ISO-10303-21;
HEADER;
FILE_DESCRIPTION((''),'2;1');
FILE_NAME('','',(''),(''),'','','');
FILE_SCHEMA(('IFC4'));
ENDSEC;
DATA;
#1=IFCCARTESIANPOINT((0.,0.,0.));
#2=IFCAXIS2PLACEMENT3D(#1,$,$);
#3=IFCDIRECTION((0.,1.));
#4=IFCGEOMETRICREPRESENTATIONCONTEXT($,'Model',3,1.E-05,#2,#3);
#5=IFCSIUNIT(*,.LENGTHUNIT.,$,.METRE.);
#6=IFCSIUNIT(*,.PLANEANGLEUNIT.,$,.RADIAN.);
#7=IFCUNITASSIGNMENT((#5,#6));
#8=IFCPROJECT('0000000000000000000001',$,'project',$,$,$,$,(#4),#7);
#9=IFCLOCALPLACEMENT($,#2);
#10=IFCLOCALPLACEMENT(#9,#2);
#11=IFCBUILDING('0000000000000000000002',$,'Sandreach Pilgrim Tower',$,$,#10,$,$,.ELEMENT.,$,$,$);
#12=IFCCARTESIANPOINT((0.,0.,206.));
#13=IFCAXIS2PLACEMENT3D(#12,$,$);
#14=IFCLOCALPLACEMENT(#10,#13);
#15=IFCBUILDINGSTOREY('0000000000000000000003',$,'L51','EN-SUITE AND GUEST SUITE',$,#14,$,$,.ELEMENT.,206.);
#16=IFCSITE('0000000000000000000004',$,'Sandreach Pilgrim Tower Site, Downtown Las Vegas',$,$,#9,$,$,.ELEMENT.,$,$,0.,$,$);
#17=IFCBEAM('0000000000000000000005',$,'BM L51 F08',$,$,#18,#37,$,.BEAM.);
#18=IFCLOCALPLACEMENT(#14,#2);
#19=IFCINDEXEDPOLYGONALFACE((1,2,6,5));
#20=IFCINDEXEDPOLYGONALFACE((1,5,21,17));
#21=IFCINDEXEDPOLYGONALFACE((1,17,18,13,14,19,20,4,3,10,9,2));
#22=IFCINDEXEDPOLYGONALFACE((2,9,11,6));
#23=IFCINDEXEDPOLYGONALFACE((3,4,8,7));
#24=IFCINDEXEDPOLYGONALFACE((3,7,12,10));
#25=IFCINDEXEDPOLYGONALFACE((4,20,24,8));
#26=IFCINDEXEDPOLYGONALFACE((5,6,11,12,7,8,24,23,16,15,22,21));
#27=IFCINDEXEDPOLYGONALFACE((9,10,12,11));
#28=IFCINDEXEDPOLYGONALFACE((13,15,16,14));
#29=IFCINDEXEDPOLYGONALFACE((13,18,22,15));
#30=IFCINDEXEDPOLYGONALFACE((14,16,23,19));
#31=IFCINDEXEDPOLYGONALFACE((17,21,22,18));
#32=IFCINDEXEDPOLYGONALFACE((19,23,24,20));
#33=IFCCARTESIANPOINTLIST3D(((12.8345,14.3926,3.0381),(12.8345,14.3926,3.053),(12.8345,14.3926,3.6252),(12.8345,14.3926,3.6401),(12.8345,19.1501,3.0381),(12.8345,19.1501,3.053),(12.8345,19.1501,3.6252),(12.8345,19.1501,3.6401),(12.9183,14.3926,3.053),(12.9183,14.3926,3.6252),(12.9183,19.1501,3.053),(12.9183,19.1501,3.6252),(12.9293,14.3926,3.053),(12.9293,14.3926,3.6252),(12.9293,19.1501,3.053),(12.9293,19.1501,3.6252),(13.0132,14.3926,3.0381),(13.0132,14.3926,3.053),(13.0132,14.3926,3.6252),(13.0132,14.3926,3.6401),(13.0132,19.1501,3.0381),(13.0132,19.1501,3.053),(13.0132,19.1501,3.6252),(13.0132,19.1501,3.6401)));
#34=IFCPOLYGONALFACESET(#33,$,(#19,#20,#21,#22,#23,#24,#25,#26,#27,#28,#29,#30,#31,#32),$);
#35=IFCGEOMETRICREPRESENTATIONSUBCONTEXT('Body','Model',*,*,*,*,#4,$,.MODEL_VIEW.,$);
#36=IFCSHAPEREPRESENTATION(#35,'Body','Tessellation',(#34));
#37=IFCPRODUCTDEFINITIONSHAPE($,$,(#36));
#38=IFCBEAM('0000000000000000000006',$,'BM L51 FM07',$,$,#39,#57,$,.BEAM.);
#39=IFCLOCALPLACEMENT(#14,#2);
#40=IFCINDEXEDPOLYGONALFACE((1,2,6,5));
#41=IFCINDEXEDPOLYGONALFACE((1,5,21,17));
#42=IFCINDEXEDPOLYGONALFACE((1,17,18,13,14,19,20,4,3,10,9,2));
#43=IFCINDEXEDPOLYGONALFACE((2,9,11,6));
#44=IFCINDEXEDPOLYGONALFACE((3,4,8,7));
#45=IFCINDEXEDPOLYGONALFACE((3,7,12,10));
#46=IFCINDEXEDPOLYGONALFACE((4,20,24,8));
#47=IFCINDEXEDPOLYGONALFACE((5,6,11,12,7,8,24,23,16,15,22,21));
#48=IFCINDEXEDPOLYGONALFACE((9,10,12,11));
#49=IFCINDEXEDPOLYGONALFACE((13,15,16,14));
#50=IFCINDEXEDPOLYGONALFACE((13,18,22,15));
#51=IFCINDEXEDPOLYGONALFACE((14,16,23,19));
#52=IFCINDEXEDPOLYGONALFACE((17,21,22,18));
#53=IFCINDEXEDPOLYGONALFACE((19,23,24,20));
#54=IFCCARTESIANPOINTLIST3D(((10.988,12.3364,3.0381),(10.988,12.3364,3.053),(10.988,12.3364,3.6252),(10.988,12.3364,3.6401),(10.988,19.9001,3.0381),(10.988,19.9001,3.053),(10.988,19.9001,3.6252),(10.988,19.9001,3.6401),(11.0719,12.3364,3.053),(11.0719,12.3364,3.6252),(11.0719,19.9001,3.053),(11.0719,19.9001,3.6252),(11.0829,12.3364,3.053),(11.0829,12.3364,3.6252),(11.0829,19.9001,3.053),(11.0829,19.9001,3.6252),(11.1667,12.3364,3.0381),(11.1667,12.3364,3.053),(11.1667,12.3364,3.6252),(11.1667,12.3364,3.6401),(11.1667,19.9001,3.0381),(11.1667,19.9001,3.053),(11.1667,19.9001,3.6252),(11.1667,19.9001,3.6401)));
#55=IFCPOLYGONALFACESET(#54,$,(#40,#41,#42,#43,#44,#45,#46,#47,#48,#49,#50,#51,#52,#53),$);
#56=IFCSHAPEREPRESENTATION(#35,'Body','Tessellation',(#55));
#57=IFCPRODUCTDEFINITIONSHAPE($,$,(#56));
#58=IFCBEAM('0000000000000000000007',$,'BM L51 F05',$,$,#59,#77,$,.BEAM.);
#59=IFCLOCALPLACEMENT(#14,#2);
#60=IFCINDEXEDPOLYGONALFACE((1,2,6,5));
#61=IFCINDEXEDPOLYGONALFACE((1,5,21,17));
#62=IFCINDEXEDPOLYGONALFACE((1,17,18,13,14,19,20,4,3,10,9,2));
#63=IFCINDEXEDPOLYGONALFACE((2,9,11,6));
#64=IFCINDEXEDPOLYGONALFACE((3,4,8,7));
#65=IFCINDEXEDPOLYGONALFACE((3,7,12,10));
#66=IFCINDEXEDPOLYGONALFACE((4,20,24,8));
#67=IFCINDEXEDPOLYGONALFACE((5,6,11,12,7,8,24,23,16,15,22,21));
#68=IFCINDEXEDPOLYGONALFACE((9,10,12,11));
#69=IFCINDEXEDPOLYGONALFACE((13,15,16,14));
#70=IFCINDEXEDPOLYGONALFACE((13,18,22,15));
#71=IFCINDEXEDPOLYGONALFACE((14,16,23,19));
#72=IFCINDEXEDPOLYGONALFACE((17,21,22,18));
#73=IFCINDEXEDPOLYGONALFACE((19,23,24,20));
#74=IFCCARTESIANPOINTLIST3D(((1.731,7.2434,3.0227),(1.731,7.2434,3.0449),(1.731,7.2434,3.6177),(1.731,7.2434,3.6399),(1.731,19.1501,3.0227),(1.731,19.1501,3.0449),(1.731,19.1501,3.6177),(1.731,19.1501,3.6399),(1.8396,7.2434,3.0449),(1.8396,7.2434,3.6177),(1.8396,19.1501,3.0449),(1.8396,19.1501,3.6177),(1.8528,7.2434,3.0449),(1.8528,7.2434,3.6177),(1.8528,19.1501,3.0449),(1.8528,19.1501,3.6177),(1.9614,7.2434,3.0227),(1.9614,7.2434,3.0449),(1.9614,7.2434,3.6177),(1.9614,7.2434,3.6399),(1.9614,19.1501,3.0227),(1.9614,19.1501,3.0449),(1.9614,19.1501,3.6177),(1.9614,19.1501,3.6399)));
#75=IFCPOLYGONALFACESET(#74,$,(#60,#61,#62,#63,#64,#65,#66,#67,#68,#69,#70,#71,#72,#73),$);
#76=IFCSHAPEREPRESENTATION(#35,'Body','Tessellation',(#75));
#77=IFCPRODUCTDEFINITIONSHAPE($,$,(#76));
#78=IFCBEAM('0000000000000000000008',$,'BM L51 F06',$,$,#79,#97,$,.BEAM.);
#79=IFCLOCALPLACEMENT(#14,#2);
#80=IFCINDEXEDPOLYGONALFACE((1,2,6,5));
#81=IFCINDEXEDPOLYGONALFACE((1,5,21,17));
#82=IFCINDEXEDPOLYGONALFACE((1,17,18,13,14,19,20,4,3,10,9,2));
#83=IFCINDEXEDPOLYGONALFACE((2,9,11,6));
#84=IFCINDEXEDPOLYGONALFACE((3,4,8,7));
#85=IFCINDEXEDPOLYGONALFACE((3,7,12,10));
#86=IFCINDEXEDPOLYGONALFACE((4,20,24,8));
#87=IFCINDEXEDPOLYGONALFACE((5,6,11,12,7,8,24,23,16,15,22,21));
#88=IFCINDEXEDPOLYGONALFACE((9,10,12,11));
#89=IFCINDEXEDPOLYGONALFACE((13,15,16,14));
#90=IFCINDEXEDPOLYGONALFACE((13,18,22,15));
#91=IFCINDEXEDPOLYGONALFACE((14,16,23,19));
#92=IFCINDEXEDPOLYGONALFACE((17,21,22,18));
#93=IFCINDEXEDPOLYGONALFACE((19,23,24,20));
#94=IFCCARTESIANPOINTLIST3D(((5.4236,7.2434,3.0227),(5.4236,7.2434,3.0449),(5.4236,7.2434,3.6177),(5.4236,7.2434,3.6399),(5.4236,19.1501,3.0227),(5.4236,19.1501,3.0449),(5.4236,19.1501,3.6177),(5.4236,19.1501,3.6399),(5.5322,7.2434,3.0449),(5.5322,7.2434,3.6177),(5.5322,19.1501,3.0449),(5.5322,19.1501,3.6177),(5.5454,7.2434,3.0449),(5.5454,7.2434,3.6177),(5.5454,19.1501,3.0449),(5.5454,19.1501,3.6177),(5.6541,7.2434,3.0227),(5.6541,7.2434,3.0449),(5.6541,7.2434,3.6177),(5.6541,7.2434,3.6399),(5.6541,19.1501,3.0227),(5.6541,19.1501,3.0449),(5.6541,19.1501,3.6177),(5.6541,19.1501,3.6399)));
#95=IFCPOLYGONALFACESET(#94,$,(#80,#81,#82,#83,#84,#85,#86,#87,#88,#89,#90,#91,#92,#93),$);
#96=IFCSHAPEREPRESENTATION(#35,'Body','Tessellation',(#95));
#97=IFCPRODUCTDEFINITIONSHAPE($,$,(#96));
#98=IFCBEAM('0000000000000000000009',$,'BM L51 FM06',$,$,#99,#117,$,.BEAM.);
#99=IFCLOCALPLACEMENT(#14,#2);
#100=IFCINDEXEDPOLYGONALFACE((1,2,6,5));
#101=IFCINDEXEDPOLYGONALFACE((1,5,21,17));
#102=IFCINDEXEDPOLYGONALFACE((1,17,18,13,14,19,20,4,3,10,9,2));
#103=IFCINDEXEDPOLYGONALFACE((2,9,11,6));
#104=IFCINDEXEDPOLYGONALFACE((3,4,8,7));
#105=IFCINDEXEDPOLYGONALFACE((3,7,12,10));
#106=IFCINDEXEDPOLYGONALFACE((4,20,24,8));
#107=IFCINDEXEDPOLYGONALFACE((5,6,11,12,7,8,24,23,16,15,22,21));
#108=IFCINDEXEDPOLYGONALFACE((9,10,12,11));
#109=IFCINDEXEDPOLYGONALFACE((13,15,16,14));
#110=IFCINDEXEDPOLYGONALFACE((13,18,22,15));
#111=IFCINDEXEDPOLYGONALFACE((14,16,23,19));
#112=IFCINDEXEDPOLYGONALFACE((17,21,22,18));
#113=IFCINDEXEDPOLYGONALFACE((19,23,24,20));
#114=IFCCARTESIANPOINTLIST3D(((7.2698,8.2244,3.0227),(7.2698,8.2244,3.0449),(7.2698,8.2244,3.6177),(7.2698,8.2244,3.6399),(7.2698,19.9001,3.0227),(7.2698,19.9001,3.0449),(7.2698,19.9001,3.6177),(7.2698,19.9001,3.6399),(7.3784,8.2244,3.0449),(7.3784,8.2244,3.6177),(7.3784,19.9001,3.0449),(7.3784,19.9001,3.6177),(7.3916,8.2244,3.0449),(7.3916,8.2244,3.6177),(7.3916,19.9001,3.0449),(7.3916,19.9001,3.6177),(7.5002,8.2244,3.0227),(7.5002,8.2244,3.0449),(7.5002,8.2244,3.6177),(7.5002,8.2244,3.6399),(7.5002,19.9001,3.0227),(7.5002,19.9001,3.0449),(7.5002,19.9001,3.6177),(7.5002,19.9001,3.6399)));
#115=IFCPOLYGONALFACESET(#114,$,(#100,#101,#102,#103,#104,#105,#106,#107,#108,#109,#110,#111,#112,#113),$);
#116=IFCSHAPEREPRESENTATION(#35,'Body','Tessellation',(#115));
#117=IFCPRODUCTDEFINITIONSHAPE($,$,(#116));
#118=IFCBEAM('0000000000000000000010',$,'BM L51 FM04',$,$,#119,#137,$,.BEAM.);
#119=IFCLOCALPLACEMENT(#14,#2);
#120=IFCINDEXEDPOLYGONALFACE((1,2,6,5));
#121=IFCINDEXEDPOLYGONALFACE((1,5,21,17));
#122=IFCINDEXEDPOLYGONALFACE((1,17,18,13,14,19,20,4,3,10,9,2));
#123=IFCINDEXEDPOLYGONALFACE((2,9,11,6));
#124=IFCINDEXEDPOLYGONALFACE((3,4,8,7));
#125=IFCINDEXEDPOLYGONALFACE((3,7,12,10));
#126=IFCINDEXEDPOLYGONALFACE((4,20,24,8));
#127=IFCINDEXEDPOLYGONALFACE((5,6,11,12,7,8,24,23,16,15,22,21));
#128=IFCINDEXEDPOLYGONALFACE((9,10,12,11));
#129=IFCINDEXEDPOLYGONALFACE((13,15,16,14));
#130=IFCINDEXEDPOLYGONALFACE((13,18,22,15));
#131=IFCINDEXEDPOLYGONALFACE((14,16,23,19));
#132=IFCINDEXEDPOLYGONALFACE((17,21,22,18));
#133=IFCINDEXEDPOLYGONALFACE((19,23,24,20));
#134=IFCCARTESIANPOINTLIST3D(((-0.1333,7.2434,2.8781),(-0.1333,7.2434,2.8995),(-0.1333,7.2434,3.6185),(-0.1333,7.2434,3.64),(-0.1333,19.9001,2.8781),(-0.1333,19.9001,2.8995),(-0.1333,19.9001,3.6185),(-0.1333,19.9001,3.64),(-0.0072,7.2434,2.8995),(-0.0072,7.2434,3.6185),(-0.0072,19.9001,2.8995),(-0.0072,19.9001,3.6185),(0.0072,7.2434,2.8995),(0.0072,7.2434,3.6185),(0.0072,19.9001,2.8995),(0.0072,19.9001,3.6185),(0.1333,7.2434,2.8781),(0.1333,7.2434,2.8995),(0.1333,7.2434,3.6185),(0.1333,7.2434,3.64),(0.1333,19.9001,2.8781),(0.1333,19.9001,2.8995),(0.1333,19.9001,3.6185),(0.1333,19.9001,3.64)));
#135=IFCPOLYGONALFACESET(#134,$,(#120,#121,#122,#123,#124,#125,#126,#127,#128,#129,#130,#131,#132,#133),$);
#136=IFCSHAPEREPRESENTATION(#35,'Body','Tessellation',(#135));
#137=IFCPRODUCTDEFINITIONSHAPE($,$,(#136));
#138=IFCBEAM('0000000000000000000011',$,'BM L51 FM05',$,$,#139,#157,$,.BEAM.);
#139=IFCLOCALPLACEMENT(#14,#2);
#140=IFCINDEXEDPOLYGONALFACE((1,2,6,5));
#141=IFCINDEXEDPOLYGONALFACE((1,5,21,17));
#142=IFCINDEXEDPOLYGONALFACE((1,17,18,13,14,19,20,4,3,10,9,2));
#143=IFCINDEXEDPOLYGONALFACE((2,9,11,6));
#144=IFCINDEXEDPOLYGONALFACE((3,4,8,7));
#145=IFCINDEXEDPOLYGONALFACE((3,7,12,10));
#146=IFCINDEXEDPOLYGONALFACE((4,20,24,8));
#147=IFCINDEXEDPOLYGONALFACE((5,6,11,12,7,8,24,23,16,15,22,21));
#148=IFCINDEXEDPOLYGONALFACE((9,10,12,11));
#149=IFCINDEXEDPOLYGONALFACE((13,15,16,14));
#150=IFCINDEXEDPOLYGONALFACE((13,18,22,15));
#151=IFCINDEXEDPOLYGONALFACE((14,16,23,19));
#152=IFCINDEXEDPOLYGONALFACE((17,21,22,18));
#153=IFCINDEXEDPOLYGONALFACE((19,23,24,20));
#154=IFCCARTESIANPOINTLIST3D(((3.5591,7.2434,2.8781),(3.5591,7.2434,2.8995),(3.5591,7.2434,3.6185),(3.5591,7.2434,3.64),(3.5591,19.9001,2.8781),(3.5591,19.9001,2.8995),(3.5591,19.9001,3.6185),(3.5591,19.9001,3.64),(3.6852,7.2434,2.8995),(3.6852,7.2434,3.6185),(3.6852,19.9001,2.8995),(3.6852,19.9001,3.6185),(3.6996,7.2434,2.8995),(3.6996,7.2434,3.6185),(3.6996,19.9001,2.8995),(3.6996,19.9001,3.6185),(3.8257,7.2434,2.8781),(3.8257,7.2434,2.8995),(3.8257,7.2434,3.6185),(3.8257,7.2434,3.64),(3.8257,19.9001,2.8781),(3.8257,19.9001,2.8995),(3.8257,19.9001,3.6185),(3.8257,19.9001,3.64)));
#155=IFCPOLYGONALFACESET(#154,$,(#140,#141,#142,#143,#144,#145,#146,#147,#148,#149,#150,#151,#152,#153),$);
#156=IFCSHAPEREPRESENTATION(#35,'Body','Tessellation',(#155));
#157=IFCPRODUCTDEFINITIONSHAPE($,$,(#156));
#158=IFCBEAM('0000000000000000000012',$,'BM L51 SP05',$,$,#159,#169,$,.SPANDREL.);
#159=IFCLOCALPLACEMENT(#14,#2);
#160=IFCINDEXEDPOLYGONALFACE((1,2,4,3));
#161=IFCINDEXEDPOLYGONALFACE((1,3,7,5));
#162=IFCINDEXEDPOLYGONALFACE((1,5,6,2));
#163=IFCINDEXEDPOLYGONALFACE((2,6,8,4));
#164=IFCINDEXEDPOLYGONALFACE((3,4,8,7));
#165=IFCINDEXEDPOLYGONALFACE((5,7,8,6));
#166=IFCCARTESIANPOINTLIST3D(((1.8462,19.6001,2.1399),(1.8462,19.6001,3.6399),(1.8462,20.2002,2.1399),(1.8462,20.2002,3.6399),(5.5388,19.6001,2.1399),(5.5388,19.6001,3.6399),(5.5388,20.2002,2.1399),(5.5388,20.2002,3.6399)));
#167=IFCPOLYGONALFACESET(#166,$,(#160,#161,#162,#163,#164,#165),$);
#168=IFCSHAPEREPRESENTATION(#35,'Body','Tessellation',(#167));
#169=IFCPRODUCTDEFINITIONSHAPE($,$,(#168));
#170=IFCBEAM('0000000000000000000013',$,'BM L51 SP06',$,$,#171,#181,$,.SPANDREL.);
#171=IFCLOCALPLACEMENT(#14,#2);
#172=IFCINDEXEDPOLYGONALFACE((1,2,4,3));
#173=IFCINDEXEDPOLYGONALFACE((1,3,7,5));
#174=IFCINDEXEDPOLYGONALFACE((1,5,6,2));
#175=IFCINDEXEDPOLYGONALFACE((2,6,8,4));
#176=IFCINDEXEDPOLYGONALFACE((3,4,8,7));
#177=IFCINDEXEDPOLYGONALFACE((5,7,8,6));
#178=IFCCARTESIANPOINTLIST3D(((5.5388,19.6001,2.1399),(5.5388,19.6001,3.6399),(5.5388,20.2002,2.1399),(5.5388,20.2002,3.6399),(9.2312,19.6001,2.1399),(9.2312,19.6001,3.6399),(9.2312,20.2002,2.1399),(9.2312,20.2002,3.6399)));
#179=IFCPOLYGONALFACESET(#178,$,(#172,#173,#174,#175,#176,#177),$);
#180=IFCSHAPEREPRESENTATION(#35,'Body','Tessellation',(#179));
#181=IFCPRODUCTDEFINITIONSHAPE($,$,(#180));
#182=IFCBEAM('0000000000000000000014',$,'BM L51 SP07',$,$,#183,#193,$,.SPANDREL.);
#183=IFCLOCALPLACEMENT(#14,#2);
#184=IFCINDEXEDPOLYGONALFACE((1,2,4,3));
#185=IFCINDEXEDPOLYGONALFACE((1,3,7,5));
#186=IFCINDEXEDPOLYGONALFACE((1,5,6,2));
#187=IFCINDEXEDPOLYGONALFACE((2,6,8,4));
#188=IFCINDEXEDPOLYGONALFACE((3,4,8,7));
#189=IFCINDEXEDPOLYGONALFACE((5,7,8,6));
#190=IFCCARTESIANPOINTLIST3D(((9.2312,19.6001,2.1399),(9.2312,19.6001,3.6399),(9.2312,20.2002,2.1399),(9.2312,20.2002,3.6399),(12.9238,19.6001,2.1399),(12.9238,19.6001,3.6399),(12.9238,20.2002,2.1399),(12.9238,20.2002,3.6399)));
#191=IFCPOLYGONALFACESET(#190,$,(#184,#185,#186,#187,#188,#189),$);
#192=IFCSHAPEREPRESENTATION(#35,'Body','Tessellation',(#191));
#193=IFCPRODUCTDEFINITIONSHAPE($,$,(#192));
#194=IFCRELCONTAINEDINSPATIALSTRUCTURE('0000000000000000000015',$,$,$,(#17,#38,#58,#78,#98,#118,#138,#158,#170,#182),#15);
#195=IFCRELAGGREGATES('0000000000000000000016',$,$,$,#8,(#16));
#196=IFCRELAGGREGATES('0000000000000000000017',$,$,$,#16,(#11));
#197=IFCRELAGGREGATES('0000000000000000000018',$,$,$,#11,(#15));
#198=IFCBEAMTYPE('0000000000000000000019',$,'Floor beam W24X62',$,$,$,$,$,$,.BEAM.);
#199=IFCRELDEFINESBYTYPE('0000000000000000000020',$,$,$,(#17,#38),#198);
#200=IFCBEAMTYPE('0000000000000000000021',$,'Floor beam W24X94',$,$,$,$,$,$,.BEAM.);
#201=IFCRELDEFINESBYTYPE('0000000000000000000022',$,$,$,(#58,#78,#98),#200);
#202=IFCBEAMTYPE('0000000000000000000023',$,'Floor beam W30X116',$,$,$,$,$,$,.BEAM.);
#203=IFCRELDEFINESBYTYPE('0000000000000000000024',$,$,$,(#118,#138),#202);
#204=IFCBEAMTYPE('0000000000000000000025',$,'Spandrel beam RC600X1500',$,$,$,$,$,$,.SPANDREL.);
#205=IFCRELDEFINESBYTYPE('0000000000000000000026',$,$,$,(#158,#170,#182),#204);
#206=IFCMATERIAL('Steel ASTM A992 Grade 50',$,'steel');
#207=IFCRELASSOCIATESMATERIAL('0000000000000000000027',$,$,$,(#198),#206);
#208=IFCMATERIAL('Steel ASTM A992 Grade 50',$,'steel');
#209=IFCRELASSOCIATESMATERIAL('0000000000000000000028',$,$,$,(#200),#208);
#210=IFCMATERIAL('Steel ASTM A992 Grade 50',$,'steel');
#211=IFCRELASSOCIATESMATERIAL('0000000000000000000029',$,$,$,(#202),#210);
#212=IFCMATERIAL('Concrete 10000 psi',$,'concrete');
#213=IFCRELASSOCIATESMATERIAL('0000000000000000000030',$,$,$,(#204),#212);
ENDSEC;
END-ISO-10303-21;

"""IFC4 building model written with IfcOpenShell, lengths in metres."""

from ifc_helpers import new_model, si_unit, direction, frame, origin, origin_2d, place, context, subcontext, project, spatial, rectangle, i_section, extrude, material, material_profile, profile_set, type_object, element, save


model = new_model("IFC4")

# Units and contexts
model_context = context("Model", 3, precision=1e-05, world=origin(), true_north=direction((0.0, 1.0)))
body_context = subcontext(model_context, "Body", "Model", "MODEL_VIEW")
ifc_project = project(units=[si_unit("LENGTHUNIT", "METRE"), si_unit("PLANEANGLEUNIT", "RADIAN")], contexts=[model_context])

# Site, building, storey
site_placement = place(None, origin())
site = spatial("IfcSite", under=ifc_project, at=site_placement, Name="Sandreach Pilgrim Tower Site, Downtown Las Vegas", CompositionType="ELEMENT", RefElevation=0.0)
building_placement = place(site_placement, origin())
building = spatial("IfcBuilding", under=site, at=building_placement, Name="Sandreach Pilgrim Tower", CompositionType="ELEMENT")
storey_placement = place(building_placement, frame((0.0, 0.0, 206.0)))
storey = spatial("IfcBuildingStorey", under=building, at=storey_placement, Name="L51", Description="EN-SUITE AND GUEST SUITE", CompositionType="ELEMENT", Elevation=206.0)

# Beams
ifc_material_1 = material(Name="Steel ASTM A992 Grade 50", Category="steel")
ifc_material_profile_1 = material_profile(ifc_material_1, i_section(OverallWidth=0.1787, OverallDepth=0.6021, WebThickness=0.011, FlangeThickness=0.0149, at=origin_2d()), Name="W24X62")
ifc_profile_set_1 = profile_set([ifc_material_profile_1], Name="Steel ASTM A992 Grade 50")
beam_type_1 = type_object("IfcBeamType", Name="Floor beam W24X62", PredefinedType="BEAM", material=ifc_profile_set_1)
beam_1_placement = place(storey_placement, frame((12.9238, 19.1501, 3.3391), z_axis=(0.0, -1.0, 0.0), x_axis=(1.0, 0.0, 0.0)))
element("IfcBeam", 1, at=beam_1_placement, inside=storey, type_object=beam_type_1, Name="BM L51 F08", PredefinedType="BEAM", context=body_context, shape_type="SweptSolid", body=[
    extrude(i_section(OverallWidth=0.1787, OverallDepth=0.6021, WebThickness=0.011, FlangeThickness=0.0149, at=origin_2d()), origin(), (0.0, 0.0, 1.0), 4.7576),
])
beam_2_placement = place(storey_placement, frame((11.0774, 19.9001, 3.3391), z_axis=(0.0, -1.0, 0.0), x_axis=(1.0, 0.0, 0.0)))
element("IfcBeam", 2, at=beam_2_placement, inside=storey, type_object=beam_type_1, Name="BM L51 FM07", PredefinedType="BEAM", context=body_context, shape_type="SweptSolid", body=[
    extrude(i_section(OverallWidth=0.1787, OverallDepth=0.6021, WebThickness=0.011, FlangeThickness=0.0149, at=origin_2d()), origin(), (0.0, 0.0, 1.0), 7.5637),
])
ifc_material_2 = material(Name="Steel ASTM A992 Grade 50", Category="steel")
ifc_material_profile_2 = material_profile(ifc_material_2, i_section(OverallWidth=0.2305, OverallDepth=0.6172, WebThickness=0.0132, FlangeThickness=0.0222, at=origin_2d()), Name="W24X94")
ifc_profile_set_2 = profile_set([ifc_material_profile_2], Name="Steel ASTM A992 Grade 50")
beam_type_2 = type_object("IfcBeamType", Name="Floor beam W24X94", PredefinedType="BEAM", material=ifc_profile_set_2)
for number, where, z_axis, x_axis, name in (
    (3, (1.8462, 19.1501, 3.3313), (0.0, -1.0, 0.0), (1.0, 0.0, 0.0), "BM L51 F05"),
    (4, (5.5388, 19.1501, 3.3313), (0.0, -1.0, 0.0), (1.0, 0.0, 0.0), "BM L51 F06"),
):
    element("IfcBeam", number, at=place(storey_placement, frame(where, z_axis=z_axis, x_axis=x_axis)), inside=storey, type_object=beam_type_2, Name=name, PredefinedType="BEAM", context=body_context, shape_type="SweptSolid", body=[
        extrude(i_section(OverallWidth=0.2305, OverallDepth=0.6172, WebThickness=0.0132, FlangeThickness=0.0222, at=origin_2d()), origin(), (0.0, 0.0, 1.0), 11.9067),
    ])
beam_3_placement = place(storey_placement, frame((7.385, 19.9001, 3.3313), z_axis=(0.0, -1.0, 0.0), x_axis=(1.0, 0.0, 0.0)))
element("IfcBeam", 5, at=beam_3_placement, inside=storey, type_object=beam_type_2, Name="BM L51 FM06", PredefinedType="BEAM", context=body_context, shape_type="SweptSolid", body=[
    extrude(i_section(OverallWidth=0.2305, OverallDepth=0.6172, WebThickness=0.0132, FlangeThickness=0.0222, at=origin_2d()), origin(), (0.0, 0.0, 1.0), 11.6758),
])
ifc_material_3 = material(Name="Steel ASTM A992 Grade 50", Category="steel")
ifc_material_profile_3 = material_profile(ifc_material_3, i_section(OverallWidth=0.2666, OverallDepth=0.762, WebThickness=0.0144, FlangeThickness=0.0215, at=origin_2d()), Name="W30X116")
ifc_profile_set_3 = profile_set([ifc_material_profile_3], Name="Steel ASTM A992 Grade 50")
beam_type_3 = type_object("IfcBeamType", Name="Floor beam W30X116", PredefinedType="BEAM", material=ifc_profile_set_3)
for number, where, z_axis, x_axis, name in (
    (6, (0.0, 19.9001, 3.259), (0.0, -1.0, 0.0), (1.0, 0.0, 0.0), "BM L51 FM04"),
    (7, (3.6924, 19.9001, 3.259), (0.0, -1.0, 0.0), (1.0, 0.0, 0.0), "BM L51 FM05"),
):
    element("IfcBeam", number, at=place(storey_placement, frame(where, z_axis=z_axis, x_axis=x_axis)), inside=storey, type_object=beam_type_3, Name=name, PredefinedType="BEAM", context=body_context, shape_type="SweptSolid", body=[
        extrude(i_section(OverallWidth=0.2666, OverallDepth=0.762, WebThickness=0.0144, FlangeThickness=0.0215, at=origin_2d()), origin(), (0.0, 0.0, 1.0), 12.6567),
    ])
ifc_material_4 = material(Name="Concrete 10000 psi", Category="concrete")
ifc_material_profile_4 = material_profile(ifc_material_4, rectangle(XDim=0.6001, YDim=1.5, at=origin_2d()), Name="RC600X1500")
ifc_profile_set_4 = profile_set([ifc_material_profile_4], Name="Concrete 10000 psi")
beam_type_4 = type_object("IfcBeamType", Name="Spandrel beam RC600X1500", PredefinedType="SPANDREL", material=ifc_profile_set_4)
beam_4_placement = place(storey_placement, frame((1.8462, 19.9001, 2.8899), z_axis=(1.0, 0.0, 0.0), x_axis=(0.0, 1.0, 0.0)))
element("IfcBeam", 8, at=beam_4_placement, inside=storey, type_object=beam_type_4, Name="BM L51 SP05", PredefinedType="SPANDREL", context=body_context, shape_type="SweptSolid", body=[
    extrude(rectangle(XDim=0.6001, YDim=1.5, at=origin_2d()), origin(), (0.0, 0.0, 1.0), 3.6926),
])
beam_5_placement = place(storey_placement, frame((5.5388, 19.9001, 2.8899), z_axis=(1.0, 0.0, 0.0), x_axis=(0.0, 1.0, 0.0)))
element("IfcBeam", 9, at=beam_5_placement, inside=storey, type_object=beam_type_4, Name="BM L51 SP06", PredefinedType="SPANDREL", context=body_context, shape_type="SweptSolid", body=[
    extrude(rectangle(XDim=0.6001, YDim=1.5, at=origin_2d()), origin(), (0.0, 0.0, 1.0), 3.6924),
])
beam_6_placement = place(storey_placement, frame((9.2312, 19.9001, 2.8899), z_axis=(1.0, 0.0, 0.0), x_axis=(0.0, 1.0, 0.0)))
element("IfcBeam", 10, at=beam_6_placement, inside=storey, type_object=beam_type_4, Name="BM L51 SP07", PredefinedType="SPANDREL", context=body_context, shape_type="SweptSolid", body=[
    extrude(rectangle(XDim=0.6001, YDim=1.5, at=origin_2d()), origin(), (0.0, 0.0, 1.0), 3.6926),
])

save(model, "model.ifc")
